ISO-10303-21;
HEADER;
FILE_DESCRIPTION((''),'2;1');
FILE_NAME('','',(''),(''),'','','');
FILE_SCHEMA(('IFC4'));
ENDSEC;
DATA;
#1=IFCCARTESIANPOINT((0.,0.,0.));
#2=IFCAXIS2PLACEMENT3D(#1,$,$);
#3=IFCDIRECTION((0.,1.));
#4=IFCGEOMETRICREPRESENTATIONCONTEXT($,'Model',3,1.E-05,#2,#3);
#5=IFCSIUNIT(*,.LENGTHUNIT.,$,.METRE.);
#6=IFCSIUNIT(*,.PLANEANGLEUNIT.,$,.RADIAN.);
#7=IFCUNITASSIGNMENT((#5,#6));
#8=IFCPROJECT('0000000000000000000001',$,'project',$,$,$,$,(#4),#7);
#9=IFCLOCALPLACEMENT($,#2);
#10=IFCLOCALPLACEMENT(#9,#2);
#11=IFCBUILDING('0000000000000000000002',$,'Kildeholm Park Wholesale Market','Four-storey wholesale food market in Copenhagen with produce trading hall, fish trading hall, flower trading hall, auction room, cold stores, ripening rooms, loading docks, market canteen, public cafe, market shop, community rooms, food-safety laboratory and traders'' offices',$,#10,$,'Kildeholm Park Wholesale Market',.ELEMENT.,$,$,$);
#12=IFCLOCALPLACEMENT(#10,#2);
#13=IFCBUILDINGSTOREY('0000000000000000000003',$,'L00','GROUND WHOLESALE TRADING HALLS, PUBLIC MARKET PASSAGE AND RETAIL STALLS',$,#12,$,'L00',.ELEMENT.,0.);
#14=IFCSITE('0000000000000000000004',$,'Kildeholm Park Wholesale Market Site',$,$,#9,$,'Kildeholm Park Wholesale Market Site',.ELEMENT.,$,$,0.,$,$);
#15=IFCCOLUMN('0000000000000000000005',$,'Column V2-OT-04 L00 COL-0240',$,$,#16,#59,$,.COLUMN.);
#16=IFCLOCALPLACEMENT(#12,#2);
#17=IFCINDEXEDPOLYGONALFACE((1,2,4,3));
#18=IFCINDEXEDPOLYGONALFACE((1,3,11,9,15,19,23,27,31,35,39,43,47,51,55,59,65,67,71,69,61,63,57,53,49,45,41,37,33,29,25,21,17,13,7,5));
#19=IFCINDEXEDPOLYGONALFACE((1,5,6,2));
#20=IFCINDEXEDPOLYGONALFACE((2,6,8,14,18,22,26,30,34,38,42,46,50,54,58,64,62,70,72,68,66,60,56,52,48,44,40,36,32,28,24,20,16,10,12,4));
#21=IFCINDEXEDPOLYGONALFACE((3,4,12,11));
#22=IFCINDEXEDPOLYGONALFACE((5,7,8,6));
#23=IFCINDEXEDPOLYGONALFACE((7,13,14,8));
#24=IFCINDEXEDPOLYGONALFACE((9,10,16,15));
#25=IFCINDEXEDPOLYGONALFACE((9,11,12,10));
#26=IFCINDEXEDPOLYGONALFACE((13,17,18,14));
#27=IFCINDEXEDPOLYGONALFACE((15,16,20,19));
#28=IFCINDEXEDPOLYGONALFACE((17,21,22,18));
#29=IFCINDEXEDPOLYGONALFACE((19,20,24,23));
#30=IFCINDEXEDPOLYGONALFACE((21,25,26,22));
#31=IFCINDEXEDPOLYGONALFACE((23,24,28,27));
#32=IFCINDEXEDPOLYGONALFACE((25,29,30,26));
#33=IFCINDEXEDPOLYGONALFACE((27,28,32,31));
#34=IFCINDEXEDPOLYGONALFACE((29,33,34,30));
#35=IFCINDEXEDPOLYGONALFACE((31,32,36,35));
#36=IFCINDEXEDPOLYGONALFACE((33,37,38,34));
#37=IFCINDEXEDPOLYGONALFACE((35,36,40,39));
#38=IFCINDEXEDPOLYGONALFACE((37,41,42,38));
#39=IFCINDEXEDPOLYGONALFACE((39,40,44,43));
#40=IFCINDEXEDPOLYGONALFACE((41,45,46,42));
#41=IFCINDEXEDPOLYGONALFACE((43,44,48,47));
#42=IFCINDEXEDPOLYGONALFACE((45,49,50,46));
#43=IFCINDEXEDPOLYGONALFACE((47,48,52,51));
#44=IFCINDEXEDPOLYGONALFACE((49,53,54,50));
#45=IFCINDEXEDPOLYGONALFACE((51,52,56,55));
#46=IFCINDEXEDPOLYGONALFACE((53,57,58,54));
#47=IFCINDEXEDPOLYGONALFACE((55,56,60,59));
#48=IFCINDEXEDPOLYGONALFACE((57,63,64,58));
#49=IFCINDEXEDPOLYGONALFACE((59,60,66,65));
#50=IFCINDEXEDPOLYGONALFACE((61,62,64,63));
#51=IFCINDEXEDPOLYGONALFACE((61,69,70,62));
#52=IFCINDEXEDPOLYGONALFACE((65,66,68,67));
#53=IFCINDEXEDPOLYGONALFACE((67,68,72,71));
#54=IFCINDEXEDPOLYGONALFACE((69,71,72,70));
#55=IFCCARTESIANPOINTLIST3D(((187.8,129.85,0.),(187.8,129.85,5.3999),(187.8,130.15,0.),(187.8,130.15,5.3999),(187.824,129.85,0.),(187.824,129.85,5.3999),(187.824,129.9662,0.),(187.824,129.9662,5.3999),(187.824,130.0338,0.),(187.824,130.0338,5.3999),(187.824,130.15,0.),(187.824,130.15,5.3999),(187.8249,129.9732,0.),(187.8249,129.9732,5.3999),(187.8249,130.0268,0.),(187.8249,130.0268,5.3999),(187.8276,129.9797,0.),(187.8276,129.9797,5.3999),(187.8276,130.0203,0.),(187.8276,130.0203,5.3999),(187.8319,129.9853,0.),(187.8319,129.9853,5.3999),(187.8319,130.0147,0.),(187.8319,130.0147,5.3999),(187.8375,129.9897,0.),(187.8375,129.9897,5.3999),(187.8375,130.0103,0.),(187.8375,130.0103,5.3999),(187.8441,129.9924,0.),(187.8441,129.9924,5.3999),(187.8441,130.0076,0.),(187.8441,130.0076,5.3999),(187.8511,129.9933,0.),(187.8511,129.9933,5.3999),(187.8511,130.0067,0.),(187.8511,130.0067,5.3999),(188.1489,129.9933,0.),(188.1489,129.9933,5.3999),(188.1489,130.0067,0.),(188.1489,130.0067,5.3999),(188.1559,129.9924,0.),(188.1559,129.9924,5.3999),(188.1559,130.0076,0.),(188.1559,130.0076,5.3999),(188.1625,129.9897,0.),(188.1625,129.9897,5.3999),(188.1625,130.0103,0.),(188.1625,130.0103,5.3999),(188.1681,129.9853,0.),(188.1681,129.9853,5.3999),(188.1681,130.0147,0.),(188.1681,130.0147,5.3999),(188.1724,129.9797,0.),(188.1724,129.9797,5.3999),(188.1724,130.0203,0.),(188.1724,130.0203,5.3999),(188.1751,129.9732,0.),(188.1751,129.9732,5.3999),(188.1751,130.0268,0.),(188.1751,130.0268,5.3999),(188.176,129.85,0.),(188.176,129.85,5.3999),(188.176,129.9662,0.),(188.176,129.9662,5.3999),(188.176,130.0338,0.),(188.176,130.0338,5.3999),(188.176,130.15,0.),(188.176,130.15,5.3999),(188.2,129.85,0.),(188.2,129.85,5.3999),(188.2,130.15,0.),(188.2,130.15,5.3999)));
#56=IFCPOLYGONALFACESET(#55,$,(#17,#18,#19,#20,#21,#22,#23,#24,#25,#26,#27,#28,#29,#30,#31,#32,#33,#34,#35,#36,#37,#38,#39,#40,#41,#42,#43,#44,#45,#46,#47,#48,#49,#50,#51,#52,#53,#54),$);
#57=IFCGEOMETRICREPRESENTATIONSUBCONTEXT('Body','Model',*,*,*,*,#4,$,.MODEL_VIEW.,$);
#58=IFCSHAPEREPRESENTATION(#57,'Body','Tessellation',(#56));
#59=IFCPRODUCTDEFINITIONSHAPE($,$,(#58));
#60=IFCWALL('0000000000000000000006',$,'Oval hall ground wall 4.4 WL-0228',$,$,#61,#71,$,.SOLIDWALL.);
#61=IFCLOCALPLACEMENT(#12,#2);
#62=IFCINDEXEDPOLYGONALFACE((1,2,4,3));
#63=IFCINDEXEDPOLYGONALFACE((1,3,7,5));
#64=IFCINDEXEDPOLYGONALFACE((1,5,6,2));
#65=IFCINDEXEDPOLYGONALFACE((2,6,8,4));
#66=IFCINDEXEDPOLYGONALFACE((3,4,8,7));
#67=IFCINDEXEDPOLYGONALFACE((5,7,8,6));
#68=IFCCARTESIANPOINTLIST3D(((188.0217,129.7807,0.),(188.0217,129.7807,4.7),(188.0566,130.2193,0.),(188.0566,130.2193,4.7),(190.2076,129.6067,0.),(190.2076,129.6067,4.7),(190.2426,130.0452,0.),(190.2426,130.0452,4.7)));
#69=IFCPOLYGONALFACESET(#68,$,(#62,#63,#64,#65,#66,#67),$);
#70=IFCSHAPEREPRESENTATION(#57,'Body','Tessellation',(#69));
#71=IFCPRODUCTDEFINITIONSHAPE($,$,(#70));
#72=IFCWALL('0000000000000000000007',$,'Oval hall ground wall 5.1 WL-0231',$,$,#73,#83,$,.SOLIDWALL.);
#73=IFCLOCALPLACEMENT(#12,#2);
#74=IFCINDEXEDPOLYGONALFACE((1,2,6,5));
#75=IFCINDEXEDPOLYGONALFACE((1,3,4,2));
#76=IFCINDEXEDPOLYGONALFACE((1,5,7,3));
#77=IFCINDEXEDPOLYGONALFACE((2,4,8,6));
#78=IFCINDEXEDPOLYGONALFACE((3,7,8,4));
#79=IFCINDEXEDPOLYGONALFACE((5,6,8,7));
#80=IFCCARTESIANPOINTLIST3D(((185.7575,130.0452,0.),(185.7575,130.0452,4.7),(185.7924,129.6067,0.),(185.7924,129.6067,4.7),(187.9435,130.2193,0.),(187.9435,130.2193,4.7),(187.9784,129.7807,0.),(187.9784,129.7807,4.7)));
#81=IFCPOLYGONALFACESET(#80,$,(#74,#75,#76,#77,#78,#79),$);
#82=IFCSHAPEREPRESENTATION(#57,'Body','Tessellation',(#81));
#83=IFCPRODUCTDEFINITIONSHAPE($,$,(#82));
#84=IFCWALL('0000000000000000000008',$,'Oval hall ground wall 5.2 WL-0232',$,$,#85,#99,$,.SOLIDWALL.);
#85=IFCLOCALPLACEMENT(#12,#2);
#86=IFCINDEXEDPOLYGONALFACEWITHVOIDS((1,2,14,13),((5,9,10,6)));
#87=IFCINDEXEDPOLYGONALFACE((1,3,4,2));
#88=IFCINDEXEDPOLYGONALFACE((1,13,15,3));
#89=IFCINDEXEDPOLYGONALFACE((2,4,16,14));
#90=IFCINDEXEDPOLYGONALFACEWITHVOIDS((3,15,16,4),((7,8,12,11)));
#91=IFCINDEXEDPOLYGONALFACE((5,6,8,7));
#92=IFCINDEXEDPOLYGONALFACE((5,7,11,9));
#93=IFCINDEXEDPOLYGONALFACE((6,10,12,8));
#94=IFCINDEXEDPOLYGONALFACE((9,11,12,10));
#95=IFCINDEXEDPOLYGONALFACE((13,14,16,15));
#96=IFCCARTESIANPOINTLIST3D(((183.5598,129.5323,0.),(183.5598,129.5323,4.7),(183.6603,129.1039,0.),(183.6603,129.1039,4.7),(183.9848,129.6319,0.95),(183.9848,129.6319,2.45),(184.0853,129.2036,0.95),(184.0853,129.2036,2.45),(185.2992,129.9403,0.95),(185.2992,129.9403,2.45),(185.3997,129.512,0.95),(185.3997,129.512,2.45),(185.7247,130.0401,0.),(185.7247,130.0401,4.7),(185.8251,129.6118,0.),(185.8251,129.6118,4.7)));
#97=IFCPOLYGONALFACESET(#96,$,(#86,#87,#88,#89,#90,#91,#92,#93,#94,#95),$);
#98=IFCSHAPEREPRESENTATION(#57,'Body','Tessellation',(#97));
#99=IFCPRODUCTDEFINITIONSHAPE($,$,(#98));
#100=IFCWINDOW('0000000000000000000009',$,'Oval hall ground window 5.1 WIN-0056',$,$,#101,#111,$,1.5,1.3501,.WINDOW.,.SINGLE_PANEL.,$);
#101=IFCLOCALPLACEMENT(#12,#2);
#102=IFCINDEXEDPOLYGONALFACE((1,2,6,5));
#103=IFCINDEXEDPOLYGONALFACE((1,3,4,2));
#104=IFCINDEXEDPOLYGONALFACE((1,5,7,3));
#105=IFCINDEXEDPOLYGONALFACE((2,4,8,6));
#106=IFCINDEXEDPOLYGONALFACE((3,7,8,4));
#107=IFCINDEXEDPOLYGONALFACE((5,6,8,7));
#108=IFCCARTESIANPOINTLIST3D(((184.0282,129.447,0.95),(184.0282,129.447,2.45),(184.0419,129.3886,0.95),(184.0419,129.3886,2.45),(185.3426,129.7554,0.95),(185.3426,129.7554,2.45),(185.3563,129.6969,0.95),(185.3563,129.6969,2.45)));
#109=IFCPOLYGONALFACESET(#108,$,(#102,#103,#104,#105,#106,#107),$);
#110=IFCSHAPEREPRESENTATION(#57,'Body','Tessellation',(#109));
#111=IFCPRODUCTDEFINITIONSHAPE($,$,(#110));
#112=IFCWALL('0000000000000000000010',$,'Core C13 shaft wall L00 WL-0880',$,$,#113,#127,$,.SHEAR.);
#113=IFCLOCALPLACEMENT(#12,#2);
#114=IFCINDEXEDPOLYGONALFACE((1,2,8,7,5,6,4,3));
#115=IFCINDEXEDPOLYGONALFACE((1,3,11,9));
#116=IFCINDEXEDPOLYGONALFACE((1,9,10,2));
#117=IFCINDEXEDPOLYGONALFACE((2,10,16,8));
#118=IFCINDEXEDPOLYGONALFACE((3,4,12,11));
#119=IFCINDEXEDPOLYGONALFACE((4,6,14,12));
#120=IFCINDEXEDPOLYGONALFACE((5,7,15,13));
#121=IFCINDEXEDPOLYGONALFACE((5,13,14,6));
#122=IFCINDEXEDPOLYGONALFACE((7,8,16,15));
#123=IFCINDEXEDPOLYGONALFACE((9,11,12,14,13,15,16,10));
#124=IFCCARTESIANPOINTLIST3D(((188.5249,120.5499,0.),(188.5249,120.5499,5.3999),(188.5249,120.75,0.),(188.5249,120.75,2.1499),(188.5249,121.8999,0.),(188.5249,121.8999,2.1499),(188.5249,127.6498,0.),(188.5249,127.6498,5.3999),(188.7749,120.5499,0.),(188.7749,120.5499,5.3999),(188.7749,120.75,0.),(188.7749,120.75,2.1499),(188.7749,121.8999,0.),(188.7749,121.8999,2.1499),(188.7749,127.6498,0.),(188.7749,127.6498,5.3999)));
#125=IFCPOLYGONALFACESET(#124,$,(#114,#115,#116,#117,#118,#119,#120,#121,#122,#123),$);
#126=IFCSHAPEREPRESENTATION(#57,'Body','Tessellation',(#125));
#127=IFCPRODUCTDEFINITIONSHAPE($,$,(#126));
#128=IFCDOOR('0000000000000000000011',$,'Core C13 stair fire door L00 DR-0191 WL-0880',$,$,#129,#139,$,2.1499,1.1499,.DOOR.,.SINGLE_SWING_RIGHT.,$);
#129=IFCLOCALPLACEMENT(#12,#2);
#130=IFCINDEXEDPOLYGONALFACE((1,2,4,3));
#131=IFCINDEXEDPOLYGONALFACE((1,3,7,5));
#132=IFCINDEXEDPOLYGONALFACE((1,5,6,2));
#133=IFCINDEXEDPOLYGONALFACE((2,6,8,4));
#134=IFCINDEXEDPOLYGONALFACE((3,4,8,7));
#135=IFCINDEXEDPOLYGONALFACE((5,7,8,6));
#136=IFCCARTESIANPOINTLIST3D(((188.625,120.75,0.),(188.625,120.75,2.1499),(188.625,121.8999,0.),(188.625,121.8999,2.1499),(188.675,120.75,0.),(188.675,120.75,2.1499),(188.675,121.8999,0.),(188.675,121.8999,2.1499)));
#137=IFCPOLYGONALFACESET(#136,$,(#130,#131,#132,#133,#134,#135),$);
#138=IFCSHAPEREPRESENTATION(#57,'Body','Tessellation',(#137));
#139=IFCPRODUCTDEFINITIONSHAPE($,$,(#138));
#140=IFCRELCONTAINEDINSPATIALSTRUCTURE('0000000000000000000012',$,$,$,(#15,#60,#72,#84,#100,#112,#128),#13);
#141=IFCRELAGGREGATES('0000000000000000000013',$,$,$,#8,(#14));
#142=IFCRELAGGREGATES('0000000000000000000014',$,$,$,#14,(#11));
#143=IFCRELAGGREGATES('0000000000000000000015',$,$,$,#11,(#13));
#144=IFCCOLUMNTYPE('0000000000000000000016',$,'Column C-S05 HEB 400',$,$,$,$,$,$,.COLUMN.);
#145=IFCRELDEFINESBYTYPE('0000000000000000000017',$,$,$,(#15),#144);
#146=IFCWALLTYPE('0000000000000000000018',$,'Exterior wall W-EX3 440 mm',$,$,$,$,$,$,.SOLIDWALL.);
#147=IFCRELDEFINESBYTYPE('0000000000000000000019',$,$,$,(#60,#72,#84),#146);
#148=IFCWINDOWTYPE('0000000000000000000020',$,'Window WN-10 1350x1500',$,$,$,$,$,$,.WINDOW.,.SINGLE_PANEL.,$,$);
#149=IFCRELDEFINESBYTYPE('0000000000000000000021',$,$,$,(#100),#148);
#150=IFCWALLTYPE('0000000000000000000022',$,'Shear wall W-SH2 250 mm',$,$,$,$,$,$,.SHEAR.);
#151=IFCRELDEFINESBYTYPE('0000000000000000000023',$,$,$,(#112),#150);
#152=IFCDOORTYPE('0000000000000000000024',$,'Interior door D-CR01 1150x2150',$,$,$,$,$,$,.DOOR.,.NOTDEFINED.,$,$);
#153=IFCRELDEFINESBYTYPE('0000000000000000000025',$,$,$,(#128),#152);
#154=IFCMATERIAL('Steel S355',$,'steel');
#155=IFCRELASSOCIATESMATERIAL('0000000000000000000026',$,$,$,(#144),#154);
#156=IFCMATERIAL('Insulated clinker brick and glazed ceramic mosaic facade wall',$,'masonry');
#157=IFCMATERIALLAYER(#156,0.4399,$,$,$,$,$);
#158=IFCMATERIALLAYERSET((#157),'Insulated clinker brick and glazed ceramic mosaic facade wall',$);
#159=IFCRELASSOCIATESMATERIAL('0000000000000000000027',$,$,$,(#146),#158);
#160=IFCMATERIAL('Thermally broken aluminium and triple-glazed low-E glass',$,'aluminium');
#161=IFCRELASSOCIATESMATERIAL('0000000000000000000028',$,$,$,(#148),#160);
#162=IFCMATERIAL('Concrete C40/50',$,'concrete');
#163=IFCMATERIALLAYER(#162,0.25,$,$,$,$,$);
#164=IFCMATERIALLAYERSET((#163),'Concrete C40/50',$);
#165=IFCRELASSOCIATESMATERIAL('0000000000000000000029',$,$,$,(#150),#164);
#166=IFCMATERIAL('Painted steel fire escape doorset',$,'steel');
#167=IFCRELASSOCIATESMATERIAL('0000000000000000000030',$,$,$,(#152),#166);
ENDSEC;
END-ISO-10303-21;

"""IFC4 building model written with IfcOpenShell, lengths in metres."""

from ifc_helpers import new_model, si_unit, direction, frame, frame_2d, origin, origin_2d, place, context, subcontext, project, spatial, rectangle, i_section, extrude, material, layer, layer_set, material_profile, profile_set, type_object, element, fill, save


model = new_model("IFC4")

# Units and contexts
model_context = context("Model", 3, precision=1e-05, world=origin(), true_north=direction((0.0, 1.0)))
body_context = subcontext(model_context, "Body", "Model", "MODEL_VIEW")
ifc_project = project(units=[si_unit("LENGTHUNIT", "METRE"), si_unit("PLANEANGLEUNIT", "RADIAN")], contexts=[model_context])

# Site, building, storey
site_placement = place(None, origin())
site = spatial("IfcSite", under=ifc_project, at=site_placement, Name="Kildeholm Park Wholesale Market Site", LongName="Kildeholm Park Wholesale Market Site", CompositionType="ELEMENT", RefElevation=0.0)
building_placement = place(site_placement, origin())
building = spatial("IfcBuilding", under=site, at=building_placement, Name="Kildeholm Park Wholesale Market", Description="Four-storey wholesale food market in Copenhagen with produce trading hall, fish trading hall, flower trading hall, auction room, cold stores, ripening rooms, loading docks, market canteen, public cafe, market shop, community rooms, food-safety laboratory and traders' offices", LongName="Kildeholm Park Wholesale Market", CompositionType="ELEMENT")
storey_placement = place(building_placement, origin())
storey = spatial("IfcBuildingStorey", under=building, at=storey_placement, Name="L00", Description="GROUND WHOLESALE TRADING HALLS, PUBLIC MARKET PASSAGE AND RETAIL STALLS", LongName="L00", CompositionType="ELEMENT", Elevation=0.0)

# Column
ifc_material_1 = material(Name="Steel S355", Category="steel")
ifc_material_profile_1 = material_profile(ifc_material_1, i_section(OverallWidth=0.3, OverallDepth=0.3999, WebThickness=0.0134, FlangeThickness=0.0239, FilletRadius=0.0271, at=origin_2d()), Name="HEB 400")
ifc_profile_set_1 = profile_set([ifc_material_profile_1], Name="Steel S355")
column_type = type_object("IfcColumnType", Name="Column C-S05 HEB 400", PredefinedType="COLUMN", material=ifc_profile_set_1)
column_placement = place(storey_placement, frame((188.0, 130.0, 0.0), z_axis=(0.0, 0.0, 1.0), x_axis=(0.0, 1.0, 0.0)))
element("IfcColumn", 1, at=column_placement, inside=storey, type_object=column_type, Name="Column V2-OT-04 L00 COL-0240", PredefinedType="COLUMN", context=body_context, shape_type="SweptSolid", body=[
    extrude(i_section(OverallWidth=0.3, OverallDepth=0.3999, WebThickness=0.0134, FlangeThickness=0.0239, FilletRadius=0.0271, at=origin_2d()), origin(), (0.0, 0.0, 1.0), 5.3999),
])

# Walls
ifc_material_2 = material(Name="Insulated clinker brick and glazed ceramic mosaic facade wall", Category="masonry")
ifc_layer_1 = layer(ifc_material_2, 0.4399)
ifc_layer_set_1 = layer_set([ifc_layer_1], Name="Insulated clinker brick and glazed ceramic mosaic facade wall")
wall_type_1 = type_object("IfcWallType", Name="Exterior wall W-EX3 440 mm", PredefinedType="SOLIDWALL", material=ifc_layer_set_1)
for number, where, z_axis, x_axis, name in (
    (2, (190.2251, 129.8259, 0.0), (0.0, 0.0, 1.0), (-0.996845, 0.079378, 0.0), "Oval hall ground wall 4.4 WL-0228"),
    (3, (187.9609, 130.0, 0.0), (0.0, 0.0, 1.0), (-0.996845, -0.079378, 0.0), "Oval hall ground wall 5.1 WL-0231"),
):
    element("IfcWall", number, at=place(storey_placement, frame(where, z_axis=z_axis, x_axis=x_axis)), inside=storey, type_object=wall_type_1, Name=name, PredefinedType="SOLIDWALL", context=body_context, shape_type="SweptSolid", body=[
        extrude(rectangle(XDim=2.1929, YDim=0.4399, at=frame_2d((1.0964, 0.0))), origin(), (0.0, 0.0, 1.0), 4.7),
    ])

# Wall, opening, window
wall_1_placement = place(storey_placement, frame((185.7749, 129.8259, 0.0), z_axis=(0.0, 0.0, 1.0), x_axis=(-0.973572, -0.228378, 0.0)))
wall_1 = element("IfcWall", 4, at=wall_1_placement, inside=storey, type_object=wall_type_1, Name="Oval hall ground wall 5.2 WL-0232", PredefinedType="SOLIDWALL", context=body_context, shape_type="SweptSolid", body=[
    extrude(rectangle(XDim=2.2236, YDim=0.4399, at=frame_2d((1.1118, 0.0))), origin(), (0.0, 0.0, 1.0), 4.7),
])
opening_1_placement = place(wall_1_placement, frame((0.437, 0.0, 0.95)))
opening_1 = element("IfcOpeningElement", 5, at=opening_1_placement, cuts=wall_1, PredefinedType="OPENING", context=body_context, shape_type="SweptSolid", body=[
    extrude(rectangle(XDim=1.3501, YDim=1.5, at=frame_2d((0.675, 0.75))), frame((0.0, 0.23, 0.0), z_axis=(0.0, -1.0, 0.0), x_axis=(1.0, 0.0, 0.0)), (0.0, 0.0, 1.0), 0.46),
])
ifc_material_3 = material(Name="Thermally broken aluminium and triple-glazed low-E glass", Category="aluminium")
window_type = type_object("IfcWindowType", Name="Window WN-10 1350x1500", PartitioningType="SINGLE_PANEL", PredefinedType="WINDOW", material=ifc_material_3)
window_placement = place(opening_1_placement, origin())
window = element("IfcWindow", 6, at=window_placement, inside=storey, type_object=window_type, Name="Oval hall ground window 5.1 WIN-0056", OverallHeight=1.5, OverallWidth=1.3501, PartitioningType="SINGLE_PANEL", PredefinedType="WINDOW", context=body_context, shape_type="SweptSolid", body=[
    extrude(rectangle(XDim=1.3501, YDim=1.5, at=frame_2d((0.675, 0.75))), frame((0.0, 0.03, 0.0), z_axis=(0.0, -1.0, 0.0), x_axis=(1.0, 0.0, 0.0)), (0.0, 0.0, 1.0), 0.0601),
])
fill(opening_1, window)

# Wall, opening, door
ifc_material_4 = material(Name="Concrete C40/50", Category="concrete")
ifc_layer_2 = layer(ifc_material_4, 0.25)
ifc_layer_set_2 = layer_set([ifc_layer_2], Name="Concrete C40/50")
wall_type_2 = type_object("IfcWallType", Name="Shear wall W-SH2 250 mm", PredefinedType="SHEAR", material=ifc_layer_set_2)
wall_2_placement = place(storey_placement, frame((188.6499, 120.55, 0.0), z_axis=(0.0, 0.0, 1.0), x_axis=(0.0, 1.0, 0.0)))
wall_2 = element("IfcWall", 7, at=wall_2_placement, inside=storey, type_object=wall_type_2, Name="Core C13 shaft wall L00 WL-0880", PredefinedType="SHEAR", context=body_context, shape_type="SweptSolid", body=[
    extrude(rectangle(XDim=7.0999, YDim=0.25, at=frame_2d((3.5498, 0.0))), origin(), (0.0, 0.0, 1.0), 5.3999),
])
opening_2_placement = place(wall_2_placement, frame((0.2, 0.0, 0.0)))
opening_2 = element("IfcOpeningElement", 8, at=opening_2_placement, cuts=wall_2, PredefinedType="OPENING", context=body_context, shape_type="SweptSolid", body=[
    extrude(rectangle(XDim=1.1499, YDim=2.1499, at=frame_2d((0.575, 1.075))), frame((0.0, 0.135, 0.0), z_axis=(0.0, -1.0, 0.0), x_axis=(1.0, 0.0, 0.0)), (0.0, 0.0, 1.0), 0.27),
])
ifc_material_5 = material(Name="Painted steel fire escape doorset", Category="steel")
door_type_1 = type_object("IfcDoorType", Name="Interior door D-CR01 1150x2150", OperationType="NOTDEFINED", PredefinedType="DOOR", material=ifc_material_5)
door_1_placement = place(opening_2_placement, origin())
door_1 = element("IfcDoor", 9, at=door_1_placement, inside=storey, type_object=door_type_1, Name="Core C13 stair fire door L00 DR-0191 WL-0880", OperationType="SINGLE_SWING_RIGHT", OverallHeight=2.1499, OverallWidth=1.1499, PredefinedType="DOOR", context=body_context, shape_type="SweptSolid", body=[
    extrude(rectangle(XDim=1.1499, YDim=2.1499, at=frame_2d((0.575, 1.075))), frame((0.0, 0.0249, 0.0), z_axis=(0.0, -1.0, 0.0), x_axis=(1.0, 0.0, 0.0)), (0.0, 0.0, 1.0), 0.05),
])
fill(opening_2, door_1)

save(model, "model.ifc")
